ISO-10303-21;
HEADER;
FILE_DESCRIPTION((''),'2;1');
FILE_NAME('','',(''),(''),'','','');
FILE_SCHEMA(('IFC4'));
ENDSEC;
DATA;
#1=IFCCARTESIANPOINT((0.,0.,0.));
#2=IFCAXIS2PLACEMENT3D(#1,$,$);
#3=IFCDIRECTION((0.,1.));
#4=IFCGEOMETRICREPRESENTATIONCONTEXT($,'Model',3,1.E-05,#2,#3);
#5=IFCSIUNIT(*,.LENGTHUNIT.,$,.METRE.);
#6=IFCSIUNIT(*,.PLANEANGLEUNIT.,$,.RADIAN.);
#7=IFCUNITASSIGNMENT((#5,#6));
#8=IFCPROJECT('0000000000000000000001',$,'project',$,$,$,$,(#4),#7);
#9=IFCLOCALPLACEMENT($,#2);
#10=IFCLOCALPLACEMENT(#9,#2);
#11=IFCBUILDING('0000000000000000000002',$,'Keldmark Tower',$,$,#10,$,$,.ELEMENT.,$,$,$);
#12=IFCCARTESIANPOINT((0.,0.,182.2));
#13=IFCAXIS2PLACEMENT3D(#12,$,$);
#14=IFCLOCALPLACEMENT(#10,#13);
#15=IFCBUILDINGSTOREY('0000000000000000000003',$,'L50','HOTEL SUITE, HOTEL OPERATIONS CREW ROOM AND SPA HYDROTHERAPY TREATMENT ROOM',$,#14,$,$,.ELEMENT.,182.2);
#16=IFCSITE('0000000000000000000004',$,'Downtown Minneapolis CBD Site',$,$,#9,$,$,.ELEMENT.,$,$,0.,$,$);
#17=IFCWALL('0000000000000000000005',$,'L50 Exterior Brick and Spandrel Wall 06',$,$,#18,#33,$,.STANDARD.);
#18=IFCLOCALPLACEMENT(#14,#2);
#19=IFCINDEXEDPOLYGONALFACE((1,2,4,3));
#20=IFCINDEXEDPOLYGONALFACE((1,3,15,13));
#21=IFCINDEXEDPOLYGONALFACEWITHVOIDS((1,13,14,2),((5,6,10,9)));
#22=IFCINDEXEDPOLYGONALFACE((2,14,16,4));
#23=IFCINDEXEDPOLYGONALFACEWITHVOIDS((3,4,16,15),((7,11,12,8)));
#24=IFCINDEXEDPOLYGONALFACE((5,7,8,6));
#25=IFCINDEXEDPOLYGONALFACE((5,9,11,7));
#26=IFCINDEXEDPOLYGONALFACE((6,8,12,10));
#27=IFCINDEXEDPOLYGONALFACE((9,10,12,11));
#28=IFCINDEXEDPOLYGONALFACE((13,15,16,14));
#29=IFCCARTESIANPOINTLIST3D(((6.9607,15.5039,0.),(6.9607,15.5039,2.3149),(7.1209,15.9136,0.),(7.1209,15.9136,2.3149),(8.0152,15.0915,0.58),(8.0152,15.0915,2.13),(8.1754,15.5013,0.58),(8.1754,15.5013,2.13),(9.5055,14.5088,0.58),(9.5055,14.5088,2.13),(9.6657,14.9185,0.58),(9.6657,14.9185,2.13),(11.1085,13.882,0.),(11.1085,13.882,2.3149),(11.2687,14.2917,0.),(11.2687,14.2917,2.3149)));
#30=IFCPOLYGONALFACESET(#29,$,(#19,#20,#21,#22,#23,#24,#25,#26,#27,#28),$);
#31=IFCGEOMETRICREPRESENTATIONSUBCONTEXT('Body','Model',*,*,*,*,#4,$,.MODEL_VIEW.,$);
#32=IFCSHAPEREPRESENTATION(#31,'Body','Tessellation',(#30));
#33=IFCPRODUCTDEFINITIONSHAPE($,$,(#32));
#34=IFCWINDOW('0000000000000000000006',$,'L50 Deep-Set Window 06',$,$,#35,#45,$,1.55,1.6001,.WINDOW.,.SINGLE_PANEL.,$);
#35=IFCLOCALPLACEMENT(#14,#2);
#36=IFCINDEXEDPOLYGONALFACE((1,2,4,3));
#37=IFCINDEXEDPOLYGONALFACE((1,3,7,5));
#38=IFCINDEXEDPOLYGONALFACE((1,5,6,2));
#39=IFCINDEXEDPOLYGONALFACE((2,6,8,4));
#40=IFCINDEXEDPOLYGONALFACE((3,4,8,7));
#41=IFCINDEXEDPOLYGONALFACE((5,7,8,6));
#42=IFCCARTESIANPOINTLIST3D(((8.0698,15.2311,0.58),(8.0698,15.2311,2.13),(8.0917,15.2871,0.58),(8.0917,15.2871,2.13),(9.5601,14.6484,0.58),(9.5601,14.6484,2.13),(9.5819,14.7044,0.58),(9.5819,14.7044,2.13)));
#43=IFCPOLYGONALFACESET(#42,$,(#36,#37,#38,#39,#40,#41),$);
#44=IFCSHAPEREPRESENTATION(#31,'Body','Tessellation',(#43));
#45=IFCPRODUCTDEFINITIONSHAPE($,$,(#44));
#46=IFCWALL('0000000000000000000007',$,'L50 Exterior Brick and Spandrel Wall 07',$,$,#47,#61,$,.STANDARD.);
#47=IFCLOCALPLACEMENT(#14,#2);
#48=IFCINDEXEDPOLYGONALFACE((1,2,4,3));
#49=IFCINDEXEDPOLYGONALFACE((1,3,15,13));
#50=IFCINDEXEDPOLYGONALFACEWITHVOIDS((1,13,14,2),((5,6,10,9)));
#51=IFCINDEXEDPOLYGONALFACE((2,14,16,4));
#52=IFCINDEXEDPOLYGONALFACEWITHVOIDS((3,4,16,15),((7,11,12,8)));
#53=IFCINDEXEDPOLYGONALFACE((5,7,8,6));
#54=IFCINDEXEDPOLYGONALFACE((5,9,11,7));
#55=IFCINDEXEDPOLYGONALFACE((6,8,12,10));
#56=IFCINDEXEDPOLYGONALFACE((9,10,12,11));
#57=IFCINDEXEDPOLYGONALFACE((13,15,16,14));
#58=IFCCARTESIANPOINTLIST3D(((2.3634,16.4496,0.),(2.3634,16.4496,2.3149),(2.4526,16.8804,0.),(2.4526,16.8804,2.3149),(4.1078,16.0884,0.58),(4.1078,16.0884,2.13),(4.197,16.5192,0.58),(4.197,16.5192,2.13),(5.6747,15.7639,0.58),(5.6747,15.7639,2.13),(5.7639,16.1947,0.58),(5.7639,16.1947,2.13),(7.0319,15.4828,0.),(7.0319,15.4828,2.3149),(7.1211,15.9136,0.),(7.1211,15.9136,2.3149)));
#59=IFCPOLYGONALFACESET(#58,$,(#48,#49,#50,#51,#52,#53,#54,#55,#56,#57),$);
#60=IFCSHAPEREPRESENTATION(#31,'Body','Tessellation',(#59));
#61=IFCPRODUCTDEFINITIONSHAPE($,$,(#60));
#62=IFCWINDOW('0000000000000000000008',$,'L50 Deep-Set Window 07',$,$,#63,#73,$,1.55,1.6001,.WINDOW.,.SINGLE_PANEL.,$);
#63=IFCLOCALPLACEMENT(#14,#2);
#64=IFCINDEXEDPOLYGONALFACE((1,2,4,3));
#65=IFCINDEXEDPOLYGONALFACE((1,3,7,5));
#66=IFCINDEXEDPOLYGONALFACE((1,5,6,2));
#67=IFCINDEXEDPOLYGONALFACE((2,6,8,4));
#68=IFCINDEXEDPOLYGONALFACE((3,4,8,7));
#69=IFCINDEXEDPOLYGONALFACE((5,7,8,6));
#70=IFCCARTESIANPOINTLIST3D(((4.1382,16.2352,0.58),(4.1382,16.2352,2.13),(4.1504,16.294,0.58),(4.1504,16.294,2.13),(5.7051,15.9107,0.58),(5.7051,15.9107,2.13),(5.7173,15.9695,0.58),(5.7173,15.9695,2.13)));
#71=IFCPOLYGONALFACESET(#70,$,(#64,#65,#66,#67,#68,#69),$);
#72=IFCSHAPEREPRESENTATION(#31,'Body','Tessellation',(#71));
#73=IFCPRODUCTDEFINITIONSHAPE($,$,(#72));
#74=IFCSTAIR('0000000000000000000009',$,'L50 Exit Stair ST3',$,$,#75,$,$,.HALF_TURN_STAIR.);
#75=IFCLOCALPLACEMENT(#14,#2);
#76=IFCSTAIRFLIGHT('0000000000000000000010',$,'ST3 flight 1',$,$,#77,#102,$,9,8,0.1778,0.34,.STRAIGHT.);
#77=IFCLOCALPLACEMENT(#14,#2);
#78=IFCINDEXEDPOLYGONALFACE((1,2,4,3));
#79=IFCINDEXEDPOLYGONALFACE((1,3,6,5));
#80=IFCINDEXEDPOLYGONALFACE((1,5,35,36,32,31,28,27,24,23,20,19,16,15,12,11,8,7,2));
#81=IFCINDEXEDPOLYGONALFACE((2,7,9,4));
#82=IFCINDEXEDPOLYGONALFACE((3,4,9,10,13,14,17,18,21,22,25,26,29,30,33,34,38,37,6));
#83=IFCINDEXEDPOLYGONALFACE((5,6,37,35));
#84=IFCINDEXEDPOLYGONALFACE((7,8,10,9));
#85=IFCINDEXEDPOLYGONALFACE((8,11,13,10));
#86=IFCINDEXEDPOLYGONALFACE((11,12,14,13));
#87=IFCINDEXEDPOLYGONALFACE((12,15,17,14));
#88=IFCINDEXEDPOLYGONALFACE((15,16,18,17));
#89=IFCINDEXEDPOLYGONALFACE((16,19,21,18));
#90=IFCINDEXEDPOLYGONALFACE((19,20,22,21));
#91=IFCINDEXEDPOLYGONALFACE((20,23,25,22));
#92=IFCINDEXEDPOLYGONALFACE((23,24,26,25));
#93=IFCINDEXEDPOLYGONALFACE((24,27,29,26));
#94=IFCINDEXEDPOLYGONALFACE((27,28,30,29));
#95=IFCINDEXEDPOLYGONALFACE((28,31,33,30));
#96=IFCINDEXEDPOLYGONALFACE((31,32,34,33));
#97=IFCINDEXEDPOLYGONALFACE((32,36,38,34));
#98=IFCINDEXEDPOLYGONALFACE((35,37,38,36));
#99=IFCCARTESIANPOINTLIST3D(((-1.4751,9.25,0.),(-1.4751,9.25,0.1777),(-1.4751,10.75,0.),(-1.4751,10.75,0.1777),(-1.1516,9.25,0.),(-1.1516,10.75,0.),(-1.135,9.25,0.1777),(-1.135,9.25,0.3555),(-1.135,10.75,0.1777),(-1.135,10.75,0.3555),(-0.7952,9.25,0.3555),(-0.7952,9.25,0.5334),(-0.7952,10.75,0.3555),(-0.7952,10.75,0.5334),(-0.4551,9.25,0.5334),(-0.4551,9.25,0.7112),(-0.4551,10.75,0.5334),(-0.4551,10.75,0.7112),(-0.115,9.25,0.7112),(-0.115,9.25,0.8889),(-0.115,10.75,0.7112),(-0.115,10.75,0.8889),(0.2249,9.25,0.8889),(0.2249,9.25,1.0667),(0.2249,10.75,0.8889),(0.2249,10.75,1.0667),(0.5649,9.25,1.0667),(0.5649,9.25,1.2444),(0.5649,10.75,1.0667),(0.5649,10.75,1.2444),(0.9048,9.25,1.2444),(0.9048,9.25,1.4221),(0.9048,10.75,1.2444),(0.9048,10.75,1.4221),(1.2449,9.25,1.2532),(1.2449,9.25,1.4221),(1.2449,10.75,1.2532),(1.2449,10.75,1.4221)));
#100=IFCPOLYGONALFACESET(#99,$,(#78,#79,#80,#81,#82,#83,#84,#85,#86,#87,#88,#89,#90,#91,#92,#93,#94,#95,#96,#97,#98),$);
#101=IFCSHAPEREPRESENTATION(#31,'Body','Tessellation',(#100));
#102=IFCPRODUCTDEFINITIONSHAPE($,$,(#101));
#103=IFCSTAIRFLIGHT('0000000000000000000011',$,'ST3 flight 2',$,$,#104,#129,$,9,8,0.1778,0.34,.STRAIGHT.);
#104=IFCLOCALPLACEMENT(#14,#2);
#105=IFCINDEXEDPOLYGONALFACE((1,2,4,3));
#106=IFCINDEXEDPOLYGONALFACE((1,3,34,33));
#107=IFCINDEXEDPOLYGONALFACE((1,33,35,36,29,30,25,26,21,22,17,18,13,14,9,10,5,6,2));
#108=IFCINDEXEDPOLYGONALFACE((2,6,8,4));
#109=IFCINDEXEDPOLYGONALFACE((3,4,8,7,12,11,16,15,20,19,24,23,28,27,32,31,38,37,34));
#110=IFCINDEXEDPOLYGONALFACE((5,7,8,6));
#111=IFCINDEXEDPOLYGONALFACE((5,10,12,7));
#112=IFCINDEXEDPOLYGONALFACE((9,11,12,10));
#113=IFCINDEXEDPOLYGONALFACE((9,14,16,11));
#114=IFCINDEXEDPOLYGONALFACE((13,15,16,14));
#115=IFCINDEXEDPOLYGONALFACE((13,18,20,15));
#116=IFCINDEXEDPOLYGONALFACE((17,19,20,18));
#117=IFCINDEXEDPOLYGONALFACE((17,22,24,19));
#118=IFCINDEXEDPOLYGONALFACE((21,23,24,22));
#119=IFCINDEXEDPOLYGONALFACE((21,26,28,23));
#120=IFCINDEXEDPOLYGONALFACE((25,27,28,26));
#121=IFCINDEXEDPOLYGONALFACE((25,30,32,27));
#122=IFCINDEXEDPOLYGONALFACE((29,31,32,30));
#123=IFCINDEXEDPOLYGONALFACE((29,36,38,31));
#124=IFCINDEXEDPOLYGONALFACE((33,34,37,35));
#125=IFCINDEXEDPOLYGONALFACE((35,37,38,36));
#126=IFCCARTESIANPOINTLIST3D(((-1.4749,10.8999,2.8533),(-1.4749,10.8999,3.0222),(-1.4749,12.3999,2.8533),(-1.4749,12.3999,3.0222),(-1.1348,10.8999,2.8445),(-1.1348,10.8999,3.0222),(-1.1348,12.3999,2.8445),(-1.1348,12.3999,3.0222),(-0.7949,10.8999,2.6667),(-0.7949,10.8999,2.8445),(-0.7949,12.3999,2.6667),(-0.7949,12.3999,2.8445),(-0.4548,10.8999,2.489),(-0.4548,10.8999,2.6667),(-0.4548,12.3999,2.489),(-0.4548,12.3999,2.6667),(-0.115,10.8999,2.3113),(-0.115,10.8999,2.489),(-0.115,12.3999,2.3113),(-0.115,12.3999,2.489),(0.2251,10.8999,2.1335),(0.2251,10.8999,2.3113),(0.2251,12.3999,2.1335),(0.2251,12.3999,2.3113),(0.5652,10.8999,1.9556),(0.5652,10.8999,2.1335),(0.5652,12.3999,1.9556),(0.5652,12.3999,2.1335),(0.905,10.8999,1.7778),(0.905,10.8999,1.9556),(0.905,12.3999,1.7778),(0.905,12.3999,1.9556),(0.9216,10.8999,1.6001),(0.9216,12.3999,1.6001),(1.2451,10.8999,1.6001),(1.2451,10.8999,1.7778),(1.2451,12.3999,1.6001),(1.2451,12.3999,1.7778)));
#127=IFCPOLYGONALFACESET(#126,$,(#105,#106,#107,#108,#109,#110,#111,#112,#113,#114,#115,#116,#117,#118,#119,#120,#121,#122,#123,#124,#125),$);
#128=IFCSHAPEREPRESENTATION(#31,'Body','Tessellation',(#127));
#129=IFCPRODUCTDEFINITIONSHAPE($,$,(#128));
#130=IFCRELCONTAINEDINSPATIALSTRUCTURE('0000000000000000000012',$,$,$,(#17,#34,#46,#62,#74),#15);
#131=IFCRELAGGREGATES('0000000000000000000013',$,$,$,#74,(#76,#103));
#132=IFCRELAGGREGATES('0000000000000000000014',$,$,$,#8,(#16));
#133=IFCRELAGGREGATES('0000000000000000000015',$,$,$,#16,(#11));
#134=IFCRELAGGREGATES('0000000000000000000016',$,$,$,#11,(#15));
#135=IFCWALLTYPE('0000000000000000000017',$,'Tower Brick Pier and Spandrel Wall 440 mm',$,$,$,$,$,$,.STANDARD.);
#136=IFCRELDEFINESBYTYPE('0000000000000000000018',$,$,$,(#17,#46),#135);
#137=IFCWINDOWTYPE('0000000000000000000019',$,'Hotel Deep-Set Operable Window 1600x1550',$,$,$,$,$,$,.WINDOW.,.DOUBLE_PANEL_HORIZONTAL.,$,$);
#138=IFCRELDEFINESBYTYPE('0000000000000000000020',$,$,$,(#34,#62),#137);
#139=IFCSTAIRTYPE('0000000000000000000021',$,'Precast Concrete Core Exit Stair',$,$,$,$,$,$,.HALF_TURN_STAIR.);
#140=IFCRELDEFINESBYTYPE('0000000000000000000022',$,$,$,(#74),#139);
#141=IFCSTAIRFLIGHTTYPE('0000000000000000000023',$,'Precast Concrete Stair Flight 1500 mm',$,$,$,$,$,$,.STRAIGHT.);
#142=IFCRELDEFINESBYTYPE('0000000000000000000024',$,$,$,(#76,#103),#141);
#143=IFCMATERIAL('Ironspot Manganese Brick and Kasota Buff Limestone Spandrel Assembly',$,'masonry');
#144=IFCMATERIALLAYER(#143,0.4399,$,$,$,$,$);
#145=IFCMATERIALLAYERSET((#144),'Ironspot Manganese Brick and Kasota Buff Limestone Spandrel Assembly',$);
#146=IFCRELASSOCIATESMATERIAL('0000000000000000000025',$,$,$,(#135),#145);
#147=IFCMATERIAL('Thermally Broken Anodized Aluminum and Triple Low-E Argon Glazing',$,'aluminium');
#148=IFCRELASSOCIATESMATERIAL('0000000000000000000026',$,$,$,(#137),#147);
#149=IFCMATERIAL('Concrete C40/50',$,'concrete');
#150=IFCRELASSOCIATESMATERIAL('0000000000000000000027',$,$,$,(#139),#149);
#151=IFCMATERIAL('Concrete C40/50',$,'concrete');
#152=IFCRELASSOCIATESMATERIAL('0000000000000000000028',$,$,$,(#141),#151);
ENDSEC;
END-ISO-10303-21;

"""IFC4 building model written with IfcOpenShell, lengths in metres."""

from ifc_helpers import new_model, si_unit, direction, frame, frame_2d, origin, place, context, subcontext, project, spatial, polyline, rectangle, outline, extrude, material, layer, layer_set, type_object, element, fill, aggregate, save


model = new_model("IFC4")

# Units and contexts
model_context = context("Model", 3, precision=1e-05, world=origin(), true_north=direction((0.0, 1.0)))
body_context = subcontext(model_context, "Body", "Model", "MODEL_VIEW")
ifc_project = project(units=[si_unit("LENGTHUNIT", "METRE"), si_unit("PLANEANGLEUNIT", "RADIAN")], contexts=[model_context])

# Site, building, storey
site_placement = place(None, origin())
site = spatial("IfcSite", under=ifc_project, at=site_placement, Name="Downtown Minneapolis CBD Site", CompositionType="ELEMENT", RefElevation=0.0)
building_placement = place(site_placement, origin())
building = spatial("IfcBuilding", under=site, at=building_placement, Name="Keldmark Tower", CompositionType="ELEMENT")
storey_placement = place(building_placement, frame((0.0, 0.0, 182.2)))
storey = spatial("IfcBuildingStorey", under=building, at=storey_placement, Name="L50", Description="HOTEL SUITE, HOTEL OPERATIONS CREW ROOM AND SPA HYDROTHERAPY TREATMENT ROOM", CompositionType="ELEMENT", Elevation=182.2)

# Walls, openings, windows
ifc_material_1 = material(Name="Ironspot Manganese Brick and Kasota Buff Limestone Spandrel Assembly", Category="masonry")
ifc_layer_1 = layer(ifc_material_1, 0.4399)
ifc_layer_set_1 = layer_set([ifc_layer_1], Name="Ironspot Manganese Brick and Kasota Buff Limestone Spandrel Assembly")
wall_type_1 = type_object("IfcWallType", Name="Tower Brick Pier and Spandrel Wall 440 mm", PredefinedType="STANDARD", material=ifc_layer_set_1)
wall_1_placement = place(storey_placement, frame((7.0408, 15.7087, 0.0), z_axis=(0.0, 0.0, 1.0), x_axis=(0.931333, -0.364168, 0.0)))
wall_1 = element("IfcWall", 1, at=wall_1_placement, inside=storey, type_object=wall_type_1, Name="L50 Exterior Brick and Spandrel Wall 06", PredefinedType="STANDARD", context=body_context, shape_type="SweptSolid", body=[
    extrude(rectangle(XDim=4.4536, YDim=0.4399, at=frame_2d((2.2268, 0.0))), origin(), (0.0, 0.0, 1.0), 2.3149),
])
opening_1_placement = place(wall_1_placement, frame((1.1323, 0.0, 0.5801)))
opening_1 = element("IfcOpeningElement", 2, at=opening_1_placement, cuts=wall_1, PredefinedType="OPENING", context=body_context, shape_type="SweptSolid", body=[
    extrude(rectangle(XDim=1.6001, YDim=1.55, at=frame_2d((0.8, 0.7749))), frame((0.0, 0.23, 0.0), z_axis=(0.0, -1.0, 0.0), x_axis=(1.0, 0.0, 0.0)), (0.0, 0.0, 1.0), 0.46),
])
ifc_material_2 = material(Name="Thermally Broken Anodized Aluminum and Triple Low-E Argon Glazing", Category="aluminium")
window_type = type_object("IfcWindowType", Name="Hotel Deep-Set Operable Window 1600x1550", PartitioningType="DOUBLE_PANEL_HORIZONTAL", PredefinedType="WINDOW", material=ifc_material_2)
window_1_placement = place(opening_1_placement, origin())
window_1 = element("IfcWindow", 3, at=window_1_placement, inside=storey, type_object=window_type, Name="L50 Deep-Set Window 06", OverallHeight=1.55, OverallWidth=1.6001, PartitioningType="SINGLE_PANEL", PredefinedType="WINDOW", context=body_context, shape_type="SweptSolid", body=[
    extrude(rectangle(XDim=1.6001, YDim=1.55, at=frame_2d((0.8, 0.7749))), frame((0.0, -0.01, 0.0), z_axis=(0.0, -1.0, 0.0), x_axis=(1.0, 0.0, 0.0)), (0.0, 0.0, 1.0), 0.0601),
])
fill(opening_1, window_1)
wall_2_placement = place(storey_placement, frame((2.408, 16.665, 0.0), z_axis=(0.0, 0.0, 1.0), x_axis=(0.979223, -0.202788, 0.0)))
wall_2 = element("IfcWall", 4, at=wall_2_placement, inside=storey, type_object=wall_type_1, Name="L50 Exterior Brick and Spandrel Wall 07", PredefinedType="STANDARD", context=body_context, shape_type="SweptSolid", body=[
    extrude(rectangle(XDim=4.7676, YDim=0.4399, at=frame_2d((2.3838, 0.0))), origin(), (0.0, 0.0, 1.0), 2.3149),
])
opening_2_placement = place(wall_2_placement, frame((1.7815, 0.0, 0.5801)))
opening_2 = element("IfcOpeningElement", 5, at=opening_2_placement, cuts=wall_2, PredefinedType="OPENING", context=body_context, shape_type="SweptSolid", body=[
    extrude(rectangle(XDim=1.6001, YDim=1.55, at=frame_2d((0.8, 0.7749))), frame((0.0, 0.23, 0.0), z_axis=(0.0, -1.0, 0.0), x_axis=(1.0, 0.0, 0.0)), (0.0, 0.0, 1.0), 0.46),
])
window_2_placement = place(opening_2_placement, origin())
window_2 = element("IfcWindow", 6, at=window_2_placement, inside=storey, type_object=window_type, Name="L50 Deep-Set Window 07", OverallHeight=1.55, OverallWidth=1.6001, PartitioningType="SINGLE_PANEL", PredefinedType="WINDOW", context=body_context, shape_type="SweptSolid", body=[
    extrude(rectangle(XDim=1.6001, YDim=1.55, at=frame_2d((0.8, 0.7749))), frame((0.0, -0.01, 0.0), z_axis=(0.0, -1.0, 0.0), x_axis=(1.0, 0.0, 0.0)), (0.0, 0.0, 1.0), 0.0601),
])
fill(opening_2, window_2)

# Stair, stair flights
ifc_material_3 = material(Name="Concrete C40/50", Category="concrete")
stair_type = type_object("IfcStairType", Name="Precast Concrete Core Exit Stair", PredefinedType="HALF_TURN_STAIR", material=ifc_material_3)
stair_placement = place(storey_placement, origin())
stair = element("IfcStair", 7, at=stair_placement, inside=storey, type_object=stair_type, Name="L50 Exit Stair ST3", PredefinedType="HALF_TURN_STAIR")
ifc_material_4 = material(Name="Concrete C40/50", Category="concrete")
stair_flight_type = type_object("IfcStairFlightType", Name="Precast Concrete Stair Flight 1500 mm", PredefinedType="STRAIGHT", material=ifc_material_4)
stair_flight_1_placement = place(storey_placement, frame((-1.4751, 10.0, 0.0), z_axis=(0.0, 0.0, 1.0), x_axis=(1.0, 0.0, 0.0)))
stair_flight_1 = element("IfcStairFlight", 8, at=stair_flight_1_placement, type_object=stair_flight_type, Name="ST3 flight 1", NumberOfRisers=9, NumberOfTreads=8, PredefinedType="STRAIGHT", RiserHeight=0.1778, TreadLength=0.34, context=body_context, shape_type="SweptSolid", body=[
    extrude(outline(polyline([(0.0, 0.0), (0.0, 0.1777), (0.3401, 0.1777), (0.3401, 0.3555), (0.6799, 0.3555), (0.6799, 0.5334), (1.02, 0.5334), (1.02, 0.7112), (1.3601, 0.7112), (1.3601, 0.8889), (1.7, 0.8889), (1.7, 1.0667), (2.04, 1.0667), (2.04, 1.2444), (2.3799, 1.2444), (2.3799, 1.4221), (2.72, 1.4221), (2.72, 1.6001), (2.72, 1.2532), (0.3235, 0.0), (0.0, 0.0)])), frame((0.0, 0.75, 0.0), z_axis=(0.0, -1.0, 0.0), x_axis=(1.0, 0.0, 0.0)), (0.0, 0.0, 1.0), 1.5),
])
stair_flight_2_placement = place(storey_placement, frame((1.2451, 11.6499, 1.6001), z_axis=(0.0, 0.0, 1.0), x_axis=(-1.0, 0.0, 0.0)))
stair_flight_2 = element("IfcStairFlight", 9, at=stair_flight_2_placement, type_object=stair_flight_type, Name="ST3 flight 2", NumberOfRisers=9, NumberOfTreads=8, PredefinedType="STRAIGHT", RiserHeight=0.1778, TreadLength=0.34, context=body_context, shape_type="SweptSolid", body=[
    extrude(outline(polyline([(0.0, 0.0), (0.0, 0.1777), (0.3401, 0.1777), (0.3401, 0.3555), (0.6799, 0.3555), (0.6799, 0.5334), (1.02, 0.5334), (1.02, 0.7112), (1.3601, 0.7112), (1.3601, 0.8889), (1.7, 0.8889), (1.7, 1.0667), (2.04, 1.0667), (2.04, 1.2444), (2.3799, 1.2444), (2.3799, 1.4221), (2.72, 1.4221), (2.72, 1.6001), (2.72, 1.2532), (0.3235, 0.0), (0.0, 0.0)])), frame((0.0, 0.75, 0.0), z_axis=(0.0, -1.0, 0.0), x_axis=(1.0, 0.0, 0.0)), (0.0, 0.0, 1.0), 1.5),
])
aggregate(stair, [stair_flight_1, stair_flight_2])

save(model, "model.ifc")
